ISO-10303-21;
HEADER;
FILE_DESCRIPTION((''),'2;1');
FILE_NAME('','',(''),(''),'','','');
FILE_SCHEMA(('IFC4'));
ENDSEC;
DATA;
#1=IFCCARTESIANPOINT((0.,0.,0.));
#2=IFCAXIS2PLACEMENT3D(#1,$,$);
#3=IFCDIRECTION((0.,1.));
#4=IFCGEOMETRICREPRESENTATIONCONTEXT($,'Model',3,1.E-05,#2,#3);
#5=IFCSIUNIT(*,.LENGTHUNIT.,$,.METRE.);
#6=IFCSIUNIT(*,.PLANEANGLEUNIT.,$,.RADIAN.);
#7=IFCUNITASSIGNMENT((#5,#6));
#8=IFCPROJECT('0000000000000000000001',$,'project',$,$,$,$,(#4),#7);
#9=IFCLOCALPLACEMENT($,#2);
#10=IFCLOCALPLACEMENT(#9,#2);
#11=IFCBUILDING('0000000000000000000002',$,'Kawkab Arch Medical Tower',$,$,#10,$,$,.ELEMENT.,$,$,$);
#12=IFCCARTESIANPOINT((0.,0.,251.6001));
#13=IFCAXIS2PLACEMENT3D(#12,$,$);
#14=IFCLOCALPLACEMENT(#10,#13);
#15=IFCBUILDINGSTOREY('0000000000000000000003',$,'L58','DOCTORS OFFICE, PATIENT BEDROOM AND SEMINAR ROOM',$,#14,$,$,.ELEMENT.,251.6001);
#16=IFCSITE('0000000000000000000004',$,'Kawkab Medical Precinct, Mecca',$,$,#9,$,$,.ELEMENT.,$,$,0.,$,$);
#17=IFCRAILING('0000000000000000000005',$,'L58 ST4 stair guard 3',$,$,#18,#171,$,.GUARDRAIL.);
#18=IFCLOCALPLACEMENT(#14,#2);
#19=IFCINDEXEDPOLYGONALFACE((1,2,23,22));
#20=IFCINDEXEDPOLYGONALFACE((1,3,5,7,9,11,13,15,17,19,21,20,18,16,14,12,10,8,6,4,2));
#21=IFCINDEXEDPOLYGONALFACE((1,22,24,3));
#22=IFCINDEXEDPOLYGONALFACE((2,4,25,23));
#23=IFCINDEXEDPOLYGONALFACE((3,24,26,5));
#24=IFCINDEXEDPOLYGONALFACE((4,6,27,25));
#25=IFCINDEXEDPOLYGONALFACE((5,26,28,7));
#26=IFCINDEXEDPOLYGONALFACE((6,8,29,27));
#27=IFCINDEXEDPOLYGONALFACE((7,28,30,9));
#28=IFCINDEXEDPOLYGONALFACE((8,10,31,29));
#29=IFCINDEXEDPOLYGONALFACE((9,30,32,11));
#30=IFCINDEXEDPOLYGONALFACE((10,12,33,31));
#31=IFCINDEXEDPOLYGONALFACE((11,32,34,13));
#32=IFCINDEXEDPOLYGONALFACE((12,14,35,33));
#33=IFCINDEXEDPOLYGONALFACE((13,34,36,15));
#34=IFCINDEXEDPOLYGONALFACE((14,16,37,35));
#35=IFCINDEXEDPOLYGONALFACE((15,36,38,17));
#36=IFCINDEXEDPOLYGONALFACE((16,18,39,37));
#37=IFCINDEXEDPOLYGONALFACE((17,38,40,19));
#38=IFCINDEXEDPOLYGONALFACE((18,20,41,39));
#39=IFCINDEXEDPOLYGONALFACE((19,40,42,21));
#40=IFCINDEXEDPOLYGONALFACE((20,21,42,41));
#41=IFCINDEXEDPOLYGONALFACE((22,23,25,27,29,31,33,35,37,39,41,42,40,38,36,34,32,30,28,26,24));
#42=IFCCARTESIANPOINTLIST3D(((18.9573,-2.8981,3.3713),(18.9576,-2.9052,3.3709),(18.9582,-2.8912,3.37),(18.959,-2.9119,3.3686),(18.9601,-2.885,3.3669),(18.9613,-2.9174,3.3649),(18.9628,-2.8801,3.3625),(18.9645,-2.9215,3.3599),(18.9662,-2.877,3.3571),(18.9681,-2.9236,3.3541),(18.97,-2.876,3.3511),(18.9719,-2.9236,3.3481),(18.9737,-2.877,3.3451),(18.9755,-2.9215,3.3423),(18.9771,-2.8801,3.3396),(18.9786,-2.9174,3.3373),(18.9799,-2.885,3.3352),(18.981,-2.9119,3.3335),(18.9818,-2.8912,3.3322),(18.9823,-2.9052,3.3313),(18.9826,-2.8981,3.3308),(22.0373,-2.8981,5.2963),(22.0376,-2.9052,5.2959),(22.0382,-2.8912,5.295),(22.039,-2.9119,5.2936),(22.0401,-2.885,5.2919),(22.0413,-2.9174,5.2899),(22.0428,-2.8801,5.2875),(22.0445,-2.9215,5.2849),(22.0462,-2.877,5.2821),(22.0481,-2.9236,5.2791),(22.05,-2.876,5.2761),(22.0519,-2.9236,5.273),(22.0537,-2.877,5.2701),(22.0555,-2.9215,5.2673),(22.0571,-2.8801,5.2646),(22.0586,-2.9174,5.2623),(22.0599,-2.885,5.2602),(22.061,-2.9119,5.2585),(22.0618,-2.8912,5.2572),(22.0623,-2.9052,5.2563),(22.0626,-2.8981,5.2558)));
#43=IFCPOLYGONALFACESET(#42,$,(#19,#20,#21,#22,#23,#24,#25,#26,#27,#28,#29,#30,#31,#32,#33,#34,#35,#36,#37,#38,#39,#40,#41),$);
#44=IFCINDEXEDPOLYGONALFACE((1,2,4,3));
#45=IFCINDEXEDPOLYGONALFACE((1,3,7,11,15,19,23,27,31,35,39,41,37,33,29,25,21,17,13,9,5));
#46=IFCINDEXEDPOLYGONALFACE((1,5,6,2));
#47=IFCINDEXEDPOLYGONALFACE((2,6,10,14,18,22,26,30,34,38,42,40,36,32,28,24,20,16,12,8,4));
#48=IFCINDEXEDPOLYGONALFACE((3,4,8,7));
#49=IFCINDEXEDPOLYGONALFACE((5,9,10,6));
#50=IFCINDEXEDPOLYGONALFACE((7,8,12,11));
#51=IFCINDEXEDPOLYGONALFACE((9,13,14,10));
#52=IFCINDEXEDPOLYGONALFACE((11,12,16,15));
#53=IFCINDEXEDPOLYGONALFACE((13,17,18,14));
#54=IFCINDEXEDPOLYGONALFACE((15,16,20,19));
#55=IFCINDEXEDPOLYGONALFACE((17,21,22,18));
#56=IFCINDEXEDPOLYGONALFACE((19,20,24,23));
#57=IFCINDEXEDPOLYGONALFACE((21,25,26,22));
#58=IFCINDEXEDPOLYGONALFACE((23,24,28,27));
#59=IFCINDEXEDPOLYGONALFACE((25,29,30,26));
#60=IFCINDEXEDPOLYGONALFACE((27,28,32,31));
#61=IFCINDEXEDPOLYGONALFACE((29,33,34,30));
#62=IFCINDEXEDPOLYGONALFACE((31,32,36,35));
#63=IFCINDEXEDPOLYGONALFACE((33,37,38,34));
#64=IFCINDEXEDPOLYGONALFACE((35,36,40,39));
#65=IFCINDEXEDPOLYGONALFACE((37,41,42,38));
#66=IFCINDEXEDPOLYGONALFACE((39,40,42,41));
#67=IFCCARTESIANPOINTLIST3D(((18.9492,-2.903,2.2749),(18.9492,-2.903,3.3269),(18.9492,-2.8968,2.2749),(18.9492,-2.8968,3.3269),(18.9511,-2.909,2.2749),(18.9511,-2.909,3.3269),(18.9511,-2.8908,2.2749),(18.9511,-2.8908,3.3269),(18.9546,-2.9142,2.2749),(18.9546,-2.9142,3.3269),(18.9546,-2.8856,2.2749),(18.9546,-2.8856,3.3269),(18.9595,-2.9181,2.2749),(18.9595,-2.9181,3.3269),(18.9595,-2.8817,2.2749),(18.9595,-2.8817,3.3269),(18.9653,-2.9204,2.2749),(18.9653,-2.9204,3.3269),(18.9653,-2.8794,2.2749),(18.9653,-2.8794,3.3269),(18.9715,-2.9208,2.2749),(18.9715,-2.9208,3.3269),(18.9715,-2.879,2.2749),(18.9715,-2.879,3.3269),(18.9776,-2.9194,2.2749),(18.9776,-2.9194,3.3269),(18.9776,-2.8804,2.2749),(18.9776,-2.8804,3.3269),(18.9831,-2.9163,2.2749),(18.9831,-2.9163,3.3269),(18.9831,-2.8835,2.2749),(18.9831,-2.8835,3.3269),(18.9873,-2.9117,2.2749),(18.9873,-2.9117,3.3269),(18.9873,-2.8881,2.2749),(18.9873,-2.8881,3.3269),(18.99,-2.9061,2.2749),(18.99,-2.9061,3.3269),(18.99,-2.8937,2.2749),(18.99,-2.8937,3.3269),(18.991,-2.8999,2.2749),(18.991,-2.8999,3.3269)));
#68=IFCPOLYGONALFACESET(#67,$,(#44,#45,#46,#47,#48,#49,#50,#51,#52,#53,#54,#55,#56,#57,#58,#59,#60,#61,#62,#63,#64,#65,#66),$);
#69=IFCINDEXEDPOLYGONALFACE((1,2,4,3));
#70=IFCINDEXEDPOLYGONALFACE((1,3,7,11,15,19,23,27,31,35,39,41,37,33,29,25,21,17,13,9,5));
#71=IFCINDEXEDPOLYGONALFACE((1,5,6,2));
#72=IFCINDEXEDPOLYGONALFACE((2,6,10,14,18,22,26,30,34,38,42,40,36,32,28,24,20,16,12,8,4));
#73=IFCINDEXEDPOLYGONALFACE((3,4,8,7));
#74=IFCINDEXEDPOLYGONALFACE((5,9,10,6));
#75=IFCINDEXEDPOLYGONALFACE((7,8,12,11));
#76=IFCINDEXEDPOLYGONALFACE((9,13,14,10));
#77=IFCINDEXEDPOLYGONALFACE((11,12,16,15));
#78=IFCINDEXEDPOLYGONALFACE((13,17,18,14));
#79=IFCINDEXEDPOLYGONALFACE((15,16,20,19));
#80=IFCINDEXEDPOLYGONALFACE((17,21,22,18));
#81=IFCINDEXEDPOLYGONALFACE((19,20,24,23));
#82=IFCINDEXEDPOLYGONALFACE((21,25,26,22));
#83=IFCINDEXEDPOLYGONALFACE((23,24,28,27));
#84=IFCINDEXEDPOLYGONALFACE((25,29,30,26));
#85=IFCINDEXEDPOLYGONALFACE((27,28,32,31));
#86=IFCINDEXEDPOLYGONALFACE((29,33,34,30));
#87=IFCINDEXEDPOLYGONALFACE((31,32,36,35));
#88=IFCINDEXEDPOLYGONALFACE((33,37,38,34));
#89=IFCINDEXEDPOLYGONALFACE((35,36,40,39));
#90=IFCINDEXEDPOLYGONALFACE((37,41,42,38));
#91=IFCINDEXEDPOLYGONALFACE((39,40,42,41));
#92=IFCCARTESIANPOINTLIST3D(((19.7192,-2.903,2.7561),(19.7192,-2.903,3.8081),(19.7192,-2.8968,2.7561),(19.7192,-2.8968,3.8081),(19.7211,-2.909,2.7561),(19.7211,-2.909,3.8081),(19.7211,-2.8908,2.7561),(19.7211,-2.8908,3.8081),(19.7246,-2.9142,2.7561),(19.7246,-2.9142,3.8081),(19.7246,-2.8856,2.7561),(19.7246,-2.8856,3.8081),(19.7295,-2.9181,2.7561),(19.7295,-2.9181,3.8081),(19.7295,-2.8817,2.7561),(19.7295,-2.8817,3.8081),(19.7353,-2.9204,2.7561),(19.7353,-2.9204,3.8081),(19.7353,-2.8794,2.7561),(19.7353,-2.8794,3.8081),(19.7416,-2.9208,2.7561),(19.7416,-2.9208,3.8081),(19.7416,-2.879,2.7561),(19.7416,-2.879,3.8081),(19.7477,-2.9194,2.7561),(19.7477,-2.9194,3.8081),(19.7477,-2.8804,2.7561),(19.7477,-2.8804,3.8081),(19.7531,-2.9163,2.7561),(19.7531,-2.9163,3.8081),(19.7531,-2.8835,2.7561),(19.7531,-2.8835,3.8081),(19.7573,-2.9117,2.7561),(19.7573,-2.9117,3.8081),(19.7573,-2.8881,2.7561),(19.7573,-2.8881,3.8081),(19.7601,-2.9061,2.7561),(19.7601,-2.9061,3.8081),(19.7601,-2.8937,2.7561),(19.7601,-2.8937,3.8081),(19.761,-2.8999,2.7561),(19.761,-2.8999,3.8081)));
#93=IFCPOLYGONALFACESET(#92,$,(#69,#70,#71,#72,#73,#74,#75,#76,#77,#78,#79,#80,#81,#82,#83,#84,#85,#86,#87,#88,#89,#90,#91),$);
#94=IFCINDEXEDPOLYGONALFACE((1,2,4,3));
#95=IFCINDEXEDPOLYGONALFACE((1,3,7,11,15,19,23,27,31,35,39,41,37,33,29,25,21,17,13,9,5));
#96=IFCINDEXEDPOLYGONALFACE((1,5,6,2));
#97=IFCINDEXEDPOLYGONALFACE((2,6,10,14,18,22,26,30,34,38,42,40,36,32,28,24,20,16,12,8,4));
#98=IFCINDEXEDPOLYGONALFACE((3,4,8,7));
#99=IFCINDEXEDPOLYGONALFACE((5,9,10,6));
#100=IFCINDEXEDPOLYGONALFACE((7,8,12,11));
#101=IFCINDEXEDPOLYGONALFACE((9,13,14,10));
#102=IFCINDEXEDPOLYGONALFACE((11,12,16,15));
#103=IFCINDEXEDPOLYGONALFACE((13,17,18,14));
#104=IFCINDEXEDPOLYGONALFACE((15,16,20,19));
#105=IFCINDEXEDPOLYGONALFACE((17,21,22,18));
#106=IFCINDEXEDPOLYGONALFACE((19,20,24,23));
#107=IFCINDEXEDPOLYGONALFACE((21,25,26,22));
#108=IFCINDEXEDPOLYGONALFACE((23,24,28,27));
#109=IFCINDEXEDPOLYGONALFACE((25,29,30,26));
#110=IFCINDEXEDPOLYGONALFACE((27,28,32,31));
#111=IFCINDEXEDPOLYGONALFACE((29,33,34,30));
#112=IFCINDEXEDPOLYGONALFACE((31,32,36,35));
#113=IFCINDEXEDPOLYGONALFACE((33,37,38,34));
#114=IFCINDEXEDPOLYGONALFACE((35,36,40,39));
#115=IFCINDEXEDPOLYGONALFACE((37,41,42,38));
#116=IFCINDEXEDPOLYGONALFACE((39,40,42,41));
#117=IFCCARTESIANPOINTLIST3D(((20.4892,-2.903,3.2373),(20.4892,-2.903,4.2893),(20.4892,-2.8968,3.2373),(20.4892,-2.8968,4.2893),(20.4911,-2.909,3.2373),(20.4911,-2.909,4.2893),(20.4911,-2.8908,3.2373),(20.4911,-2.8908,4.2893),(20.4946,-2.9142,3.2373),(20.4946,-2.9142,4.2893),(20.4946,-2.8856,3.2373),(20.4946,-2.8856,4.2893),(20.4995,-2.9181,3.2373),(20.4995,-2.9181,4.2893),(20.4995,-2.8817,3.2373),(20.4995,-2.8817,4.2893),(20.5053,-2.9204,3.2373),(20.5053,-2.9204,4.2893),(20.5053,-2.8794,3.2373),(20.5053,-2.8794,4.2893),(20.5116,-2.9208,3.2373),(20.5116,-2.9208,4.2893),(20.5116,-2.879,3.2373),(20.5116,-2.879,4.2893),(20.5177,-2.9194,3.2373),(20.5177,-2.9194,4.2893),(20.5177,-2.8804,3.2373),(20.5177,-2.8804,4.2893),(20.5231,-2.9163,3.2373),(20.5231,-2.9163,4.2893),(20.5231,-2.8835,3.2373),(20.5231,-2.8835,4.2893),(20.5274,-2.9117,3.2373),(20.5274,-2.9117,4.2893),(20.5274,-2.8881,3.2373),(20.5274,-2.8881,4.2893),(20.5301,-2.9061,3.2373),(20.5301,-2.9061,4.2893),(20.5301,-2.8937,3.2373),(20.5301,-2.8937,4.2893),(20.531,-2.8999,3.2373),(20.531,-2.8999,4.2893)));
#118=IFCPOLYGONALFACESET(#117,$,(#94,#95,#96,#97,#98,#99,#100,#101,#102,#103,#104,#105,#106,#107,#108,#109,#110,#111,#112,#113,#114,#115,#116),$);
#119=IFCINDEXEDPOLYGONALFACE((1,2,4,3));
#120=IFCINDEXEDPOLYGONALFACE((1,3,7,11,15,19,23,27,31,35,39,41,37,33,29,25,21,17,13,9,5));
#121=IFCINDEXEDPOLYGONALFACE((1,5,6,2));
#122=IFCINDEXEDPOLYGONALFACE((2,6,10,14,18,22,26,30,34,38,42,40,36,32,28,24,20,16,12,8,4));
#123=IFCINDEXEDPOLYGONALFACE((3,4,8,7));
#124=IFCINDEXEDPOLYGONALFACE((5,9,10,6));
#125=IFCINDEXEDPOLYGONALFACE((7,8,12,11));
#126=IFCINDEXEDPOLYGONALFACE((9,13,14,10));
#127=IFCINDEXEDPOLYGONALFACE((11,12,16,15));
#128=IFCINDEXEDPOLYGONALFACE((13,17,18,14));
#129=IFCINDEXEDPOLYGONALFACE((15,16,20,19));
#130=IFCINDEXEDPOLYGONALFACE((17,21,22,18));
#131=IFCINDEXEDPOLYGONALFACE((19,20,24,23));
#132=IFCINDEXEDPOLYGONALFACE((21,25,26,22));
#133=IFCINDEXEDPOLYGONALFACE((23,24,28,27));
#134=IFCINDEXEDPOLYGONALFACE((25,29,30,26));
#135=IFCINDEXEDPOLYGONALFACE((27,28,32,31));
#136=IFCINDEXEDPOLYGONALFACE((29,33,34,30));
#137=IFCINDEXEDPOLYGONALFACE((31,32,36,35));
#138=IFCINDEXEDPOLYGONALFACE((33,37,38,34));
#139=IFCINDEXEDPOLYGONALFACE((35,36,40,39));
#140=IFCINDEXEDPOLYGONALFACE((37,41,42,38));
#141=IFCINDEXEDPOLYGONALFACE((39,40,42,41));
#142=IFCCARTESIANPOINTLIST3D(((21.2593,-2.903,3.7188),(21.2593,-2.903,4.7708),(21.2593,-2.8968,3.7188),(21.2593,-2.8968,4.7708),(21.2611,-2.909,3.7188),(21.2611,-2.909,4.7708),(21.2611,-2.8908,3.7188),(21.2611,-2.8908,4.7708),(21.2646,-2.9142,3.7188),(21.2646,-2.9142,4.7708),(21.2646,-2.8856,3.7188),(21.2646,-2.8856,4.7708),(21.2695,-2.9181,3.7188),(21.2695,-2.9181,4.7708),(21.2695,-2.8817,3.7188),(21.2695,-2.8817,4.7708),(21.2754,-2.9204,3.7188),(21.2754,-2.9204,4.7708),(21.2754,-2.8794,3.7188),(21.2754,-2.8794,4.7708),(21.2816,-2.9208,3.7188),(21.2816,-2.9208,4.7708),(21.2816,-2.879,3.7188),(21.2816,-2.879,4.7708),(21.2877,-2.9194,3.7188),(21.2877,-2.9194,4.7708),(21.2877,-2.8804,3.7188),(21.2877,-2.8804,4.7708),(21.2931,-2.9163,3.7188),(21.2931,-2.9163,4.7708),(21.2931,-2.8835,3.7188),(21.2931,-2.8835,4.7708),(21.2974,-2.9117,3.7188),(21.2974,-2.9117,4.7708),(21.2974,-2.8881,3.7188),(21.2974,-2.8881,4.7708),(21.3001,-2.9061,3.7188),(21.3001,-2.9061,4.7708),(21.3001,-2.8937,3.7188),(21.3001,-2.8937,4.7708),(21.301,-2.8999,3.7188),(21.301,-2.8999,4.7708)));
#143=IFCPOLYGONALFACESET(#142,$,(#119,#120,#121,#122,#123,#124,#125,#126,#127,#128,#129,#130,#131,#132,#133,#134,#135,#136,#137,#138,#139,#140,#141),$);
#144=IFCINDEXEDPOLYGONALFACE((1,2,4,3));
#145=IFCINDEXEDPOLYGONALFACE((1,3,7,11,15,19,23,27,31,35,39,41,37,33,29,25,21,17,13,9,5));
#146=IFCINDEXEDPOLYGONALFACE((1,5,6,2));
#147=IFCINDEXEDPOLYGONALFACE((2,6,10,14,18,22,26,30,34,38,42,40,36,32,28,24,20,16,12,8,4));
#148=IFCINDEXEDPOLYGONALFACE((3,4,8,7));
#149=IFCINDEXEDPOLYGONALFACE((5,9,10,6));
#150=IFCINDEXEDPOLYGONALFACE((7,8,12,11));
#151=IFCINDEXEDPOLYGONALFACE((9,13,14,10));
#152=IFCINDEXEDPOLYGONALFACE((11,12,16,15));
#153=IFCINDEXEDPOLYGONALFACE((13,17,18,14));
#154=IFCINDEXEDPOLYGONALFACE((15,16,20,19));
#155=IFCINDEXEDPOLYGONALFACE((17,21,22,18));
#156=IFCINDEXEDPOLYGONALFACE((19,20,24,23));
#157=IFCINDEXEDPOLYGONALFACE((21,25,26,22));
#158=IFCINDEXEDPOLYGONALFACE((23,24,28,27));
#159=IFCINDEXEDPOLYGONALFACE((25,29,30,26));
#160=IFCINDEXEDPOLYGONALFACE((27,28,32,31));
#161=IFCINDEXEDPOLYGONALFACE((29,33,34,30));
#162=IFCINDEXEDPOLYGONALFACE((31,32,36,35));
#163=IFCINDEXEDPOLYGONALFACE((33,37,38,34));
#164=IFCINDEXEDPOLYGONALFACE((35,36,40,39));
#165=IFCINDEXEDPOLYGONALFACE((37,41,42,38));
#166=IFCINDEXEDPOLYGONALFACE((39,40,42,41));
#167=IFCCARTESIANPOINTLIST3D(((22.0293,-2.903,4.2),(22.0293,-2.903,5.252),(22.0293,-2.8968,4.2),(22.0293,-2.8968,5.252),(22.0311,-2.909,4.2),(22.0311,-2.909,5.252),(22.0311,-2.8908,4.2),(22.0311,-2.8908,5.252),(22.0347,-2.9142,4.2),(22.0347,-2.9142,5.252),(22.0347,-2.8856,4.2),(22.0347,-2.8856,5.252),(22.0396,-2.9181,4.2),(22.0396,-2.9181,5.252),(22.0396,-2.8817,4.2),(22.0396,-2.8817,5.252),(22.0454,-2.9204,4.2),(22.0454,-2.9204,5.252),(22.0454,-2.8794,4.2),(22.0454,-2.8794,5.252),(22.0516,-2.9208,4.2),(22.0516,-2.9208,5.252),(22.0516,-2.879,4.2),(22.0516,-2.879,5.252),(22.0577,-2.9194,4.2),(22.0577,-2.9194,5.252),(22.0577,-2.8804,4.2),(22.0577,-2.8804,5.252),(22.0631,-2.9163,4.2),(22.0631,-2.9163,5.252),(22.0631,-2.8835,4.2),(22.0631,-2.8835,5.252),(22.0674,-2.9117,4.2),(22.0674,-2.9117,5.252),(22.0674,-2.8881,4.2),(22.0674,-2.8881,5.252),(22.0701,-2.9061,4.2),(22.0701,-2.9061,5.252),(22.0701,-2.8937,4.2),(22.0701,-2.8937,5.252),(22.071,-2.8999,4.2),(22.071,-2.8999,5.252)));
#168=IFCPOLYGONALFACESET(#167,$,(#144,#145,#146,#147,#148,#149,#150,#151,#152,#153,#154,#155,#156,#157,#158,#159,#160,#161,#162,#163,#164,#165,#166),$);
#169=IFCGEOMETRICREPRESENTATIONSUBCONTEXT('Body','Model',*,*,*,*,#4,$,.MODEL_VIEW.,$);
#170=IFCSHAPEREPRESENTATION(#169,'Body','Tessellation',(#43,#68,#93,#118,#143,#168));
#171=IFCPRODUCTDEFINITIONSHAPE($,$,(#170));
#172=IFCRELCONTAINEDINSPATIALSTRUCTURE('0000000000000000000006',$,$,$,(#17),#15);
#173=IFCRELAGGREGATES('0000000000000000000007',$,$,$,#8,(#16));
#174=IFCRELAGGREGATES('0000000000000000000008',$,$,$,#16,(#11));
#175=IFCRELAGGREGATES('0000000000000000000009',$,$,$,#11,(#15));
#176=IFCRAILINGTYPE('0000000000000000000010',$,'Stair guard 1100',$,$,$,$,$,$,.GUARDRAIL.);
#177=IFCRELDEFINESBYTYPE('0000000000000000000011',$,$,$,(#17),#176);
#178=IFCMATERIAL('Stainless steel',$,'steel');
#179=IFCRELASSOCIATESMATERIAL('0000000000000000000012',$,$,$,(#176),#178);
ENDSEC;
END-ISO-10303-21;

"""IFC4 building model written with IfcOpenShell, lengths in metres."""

from ifc_helpers import new_model, si_unit, direction, frame, origin, origin_2d, place, context, subcontext, project, spatial, circle, extrude, material, type_object, element, save


model = new_model("IFC4")

# Units and contexts
model_context = context("Model", 3, precision=1e-05, world=origin(), true_north=direction((0.0, 1.0)))
body_context = subcontext(model_context, "Body", "Model", "MODEL_VIEW")
ifc_project = project(units=[si_unit("LENGTHUNIT", "METRE"), si_unit("PLANEANGLEUNIT", "RADIAN")], contexts=[model_context])

# Site, building, storey
site_placement = place(None, origin())
site = spatial("IfcSite", under=ifc_project, at=site_placement, Name="Kawkab Medical Precinct, Mecca", CompositionType="ELEMENT", RefElevation=0.0)
building_placement = place(site_placement, origin())
building = spatial("IfcBuilding", under=site, at=building_placement, Name="Kawkab Arch Medical Tower", CompositionType="ELEMENT")
storey_placement = place(building_placement, frame((0.0, 0.0, 251.6001)))
storey = spatial("IfcBuildingStorey", under=building, at=storey_placement, Name="L58", Description="DOCTORS OFFICE, PATIENT BEDROOM AND SEMINAR ROOM", CompositionType="ELEMENT", Elevation=251.6001)

# Railing
ifc_material_1 = material(Name="Stainless steel", Category="steel")
railing_type_1 = type_object("IfcRailingType", Name="Stair guard 1100", PredefinedType="GUARDRAIL", material=ifc_material_1)
railing_1_placement = place(storey_placement, frame((18.97, -2.8999, 2.2749)))
element("IfcRailing", 1, at=railing_1_placement, inside=storey, type_object=railing_type_1, Name="L58 ST4 stair guard 3", PredefinedType="GUARDRAIL", context=body_context, shape_type="SweptSolid", body=[
    extrude(circle(Radius=0.0239, at=origin_2d()), frame((0.0, 0.0, 1.0762), z_axis=(0.847998, 0.0, 0.529999), x_axis=(0.0, 1.0, 0.0)), (0.0, 0.0, 1.0), 3.6321),
    extrude(circle(Radius=0.021, at=origin_2d()), origin(), (0.0, 0.0, 1.0), 1.052),
    extrude(circle(Radius=0.021, at=origin_2d()), frame((0.77, 0.0, 0.4812)), (0.0, 0.0, 1.0), 1.052),
    extrude(circle(Radius=0.021, at=origin_2d()), frame((1.54, 0.0, 0.9624)), (0.0, 0.0, 1.0), 1.052),
    extrude(circle(Radius=0.021, at=origin_2d()), frame((2.3101, 0.0, 1.4438)), (0.0, 0.0, 1.0), 1.052),
    extrude(circle(Radius=0.021, at=origin_2d()), frame((3.0801, 0.0, 1.925)), (0.0, 0.0, 1.0), 1.052),
])

save(model, "model.ifc")
